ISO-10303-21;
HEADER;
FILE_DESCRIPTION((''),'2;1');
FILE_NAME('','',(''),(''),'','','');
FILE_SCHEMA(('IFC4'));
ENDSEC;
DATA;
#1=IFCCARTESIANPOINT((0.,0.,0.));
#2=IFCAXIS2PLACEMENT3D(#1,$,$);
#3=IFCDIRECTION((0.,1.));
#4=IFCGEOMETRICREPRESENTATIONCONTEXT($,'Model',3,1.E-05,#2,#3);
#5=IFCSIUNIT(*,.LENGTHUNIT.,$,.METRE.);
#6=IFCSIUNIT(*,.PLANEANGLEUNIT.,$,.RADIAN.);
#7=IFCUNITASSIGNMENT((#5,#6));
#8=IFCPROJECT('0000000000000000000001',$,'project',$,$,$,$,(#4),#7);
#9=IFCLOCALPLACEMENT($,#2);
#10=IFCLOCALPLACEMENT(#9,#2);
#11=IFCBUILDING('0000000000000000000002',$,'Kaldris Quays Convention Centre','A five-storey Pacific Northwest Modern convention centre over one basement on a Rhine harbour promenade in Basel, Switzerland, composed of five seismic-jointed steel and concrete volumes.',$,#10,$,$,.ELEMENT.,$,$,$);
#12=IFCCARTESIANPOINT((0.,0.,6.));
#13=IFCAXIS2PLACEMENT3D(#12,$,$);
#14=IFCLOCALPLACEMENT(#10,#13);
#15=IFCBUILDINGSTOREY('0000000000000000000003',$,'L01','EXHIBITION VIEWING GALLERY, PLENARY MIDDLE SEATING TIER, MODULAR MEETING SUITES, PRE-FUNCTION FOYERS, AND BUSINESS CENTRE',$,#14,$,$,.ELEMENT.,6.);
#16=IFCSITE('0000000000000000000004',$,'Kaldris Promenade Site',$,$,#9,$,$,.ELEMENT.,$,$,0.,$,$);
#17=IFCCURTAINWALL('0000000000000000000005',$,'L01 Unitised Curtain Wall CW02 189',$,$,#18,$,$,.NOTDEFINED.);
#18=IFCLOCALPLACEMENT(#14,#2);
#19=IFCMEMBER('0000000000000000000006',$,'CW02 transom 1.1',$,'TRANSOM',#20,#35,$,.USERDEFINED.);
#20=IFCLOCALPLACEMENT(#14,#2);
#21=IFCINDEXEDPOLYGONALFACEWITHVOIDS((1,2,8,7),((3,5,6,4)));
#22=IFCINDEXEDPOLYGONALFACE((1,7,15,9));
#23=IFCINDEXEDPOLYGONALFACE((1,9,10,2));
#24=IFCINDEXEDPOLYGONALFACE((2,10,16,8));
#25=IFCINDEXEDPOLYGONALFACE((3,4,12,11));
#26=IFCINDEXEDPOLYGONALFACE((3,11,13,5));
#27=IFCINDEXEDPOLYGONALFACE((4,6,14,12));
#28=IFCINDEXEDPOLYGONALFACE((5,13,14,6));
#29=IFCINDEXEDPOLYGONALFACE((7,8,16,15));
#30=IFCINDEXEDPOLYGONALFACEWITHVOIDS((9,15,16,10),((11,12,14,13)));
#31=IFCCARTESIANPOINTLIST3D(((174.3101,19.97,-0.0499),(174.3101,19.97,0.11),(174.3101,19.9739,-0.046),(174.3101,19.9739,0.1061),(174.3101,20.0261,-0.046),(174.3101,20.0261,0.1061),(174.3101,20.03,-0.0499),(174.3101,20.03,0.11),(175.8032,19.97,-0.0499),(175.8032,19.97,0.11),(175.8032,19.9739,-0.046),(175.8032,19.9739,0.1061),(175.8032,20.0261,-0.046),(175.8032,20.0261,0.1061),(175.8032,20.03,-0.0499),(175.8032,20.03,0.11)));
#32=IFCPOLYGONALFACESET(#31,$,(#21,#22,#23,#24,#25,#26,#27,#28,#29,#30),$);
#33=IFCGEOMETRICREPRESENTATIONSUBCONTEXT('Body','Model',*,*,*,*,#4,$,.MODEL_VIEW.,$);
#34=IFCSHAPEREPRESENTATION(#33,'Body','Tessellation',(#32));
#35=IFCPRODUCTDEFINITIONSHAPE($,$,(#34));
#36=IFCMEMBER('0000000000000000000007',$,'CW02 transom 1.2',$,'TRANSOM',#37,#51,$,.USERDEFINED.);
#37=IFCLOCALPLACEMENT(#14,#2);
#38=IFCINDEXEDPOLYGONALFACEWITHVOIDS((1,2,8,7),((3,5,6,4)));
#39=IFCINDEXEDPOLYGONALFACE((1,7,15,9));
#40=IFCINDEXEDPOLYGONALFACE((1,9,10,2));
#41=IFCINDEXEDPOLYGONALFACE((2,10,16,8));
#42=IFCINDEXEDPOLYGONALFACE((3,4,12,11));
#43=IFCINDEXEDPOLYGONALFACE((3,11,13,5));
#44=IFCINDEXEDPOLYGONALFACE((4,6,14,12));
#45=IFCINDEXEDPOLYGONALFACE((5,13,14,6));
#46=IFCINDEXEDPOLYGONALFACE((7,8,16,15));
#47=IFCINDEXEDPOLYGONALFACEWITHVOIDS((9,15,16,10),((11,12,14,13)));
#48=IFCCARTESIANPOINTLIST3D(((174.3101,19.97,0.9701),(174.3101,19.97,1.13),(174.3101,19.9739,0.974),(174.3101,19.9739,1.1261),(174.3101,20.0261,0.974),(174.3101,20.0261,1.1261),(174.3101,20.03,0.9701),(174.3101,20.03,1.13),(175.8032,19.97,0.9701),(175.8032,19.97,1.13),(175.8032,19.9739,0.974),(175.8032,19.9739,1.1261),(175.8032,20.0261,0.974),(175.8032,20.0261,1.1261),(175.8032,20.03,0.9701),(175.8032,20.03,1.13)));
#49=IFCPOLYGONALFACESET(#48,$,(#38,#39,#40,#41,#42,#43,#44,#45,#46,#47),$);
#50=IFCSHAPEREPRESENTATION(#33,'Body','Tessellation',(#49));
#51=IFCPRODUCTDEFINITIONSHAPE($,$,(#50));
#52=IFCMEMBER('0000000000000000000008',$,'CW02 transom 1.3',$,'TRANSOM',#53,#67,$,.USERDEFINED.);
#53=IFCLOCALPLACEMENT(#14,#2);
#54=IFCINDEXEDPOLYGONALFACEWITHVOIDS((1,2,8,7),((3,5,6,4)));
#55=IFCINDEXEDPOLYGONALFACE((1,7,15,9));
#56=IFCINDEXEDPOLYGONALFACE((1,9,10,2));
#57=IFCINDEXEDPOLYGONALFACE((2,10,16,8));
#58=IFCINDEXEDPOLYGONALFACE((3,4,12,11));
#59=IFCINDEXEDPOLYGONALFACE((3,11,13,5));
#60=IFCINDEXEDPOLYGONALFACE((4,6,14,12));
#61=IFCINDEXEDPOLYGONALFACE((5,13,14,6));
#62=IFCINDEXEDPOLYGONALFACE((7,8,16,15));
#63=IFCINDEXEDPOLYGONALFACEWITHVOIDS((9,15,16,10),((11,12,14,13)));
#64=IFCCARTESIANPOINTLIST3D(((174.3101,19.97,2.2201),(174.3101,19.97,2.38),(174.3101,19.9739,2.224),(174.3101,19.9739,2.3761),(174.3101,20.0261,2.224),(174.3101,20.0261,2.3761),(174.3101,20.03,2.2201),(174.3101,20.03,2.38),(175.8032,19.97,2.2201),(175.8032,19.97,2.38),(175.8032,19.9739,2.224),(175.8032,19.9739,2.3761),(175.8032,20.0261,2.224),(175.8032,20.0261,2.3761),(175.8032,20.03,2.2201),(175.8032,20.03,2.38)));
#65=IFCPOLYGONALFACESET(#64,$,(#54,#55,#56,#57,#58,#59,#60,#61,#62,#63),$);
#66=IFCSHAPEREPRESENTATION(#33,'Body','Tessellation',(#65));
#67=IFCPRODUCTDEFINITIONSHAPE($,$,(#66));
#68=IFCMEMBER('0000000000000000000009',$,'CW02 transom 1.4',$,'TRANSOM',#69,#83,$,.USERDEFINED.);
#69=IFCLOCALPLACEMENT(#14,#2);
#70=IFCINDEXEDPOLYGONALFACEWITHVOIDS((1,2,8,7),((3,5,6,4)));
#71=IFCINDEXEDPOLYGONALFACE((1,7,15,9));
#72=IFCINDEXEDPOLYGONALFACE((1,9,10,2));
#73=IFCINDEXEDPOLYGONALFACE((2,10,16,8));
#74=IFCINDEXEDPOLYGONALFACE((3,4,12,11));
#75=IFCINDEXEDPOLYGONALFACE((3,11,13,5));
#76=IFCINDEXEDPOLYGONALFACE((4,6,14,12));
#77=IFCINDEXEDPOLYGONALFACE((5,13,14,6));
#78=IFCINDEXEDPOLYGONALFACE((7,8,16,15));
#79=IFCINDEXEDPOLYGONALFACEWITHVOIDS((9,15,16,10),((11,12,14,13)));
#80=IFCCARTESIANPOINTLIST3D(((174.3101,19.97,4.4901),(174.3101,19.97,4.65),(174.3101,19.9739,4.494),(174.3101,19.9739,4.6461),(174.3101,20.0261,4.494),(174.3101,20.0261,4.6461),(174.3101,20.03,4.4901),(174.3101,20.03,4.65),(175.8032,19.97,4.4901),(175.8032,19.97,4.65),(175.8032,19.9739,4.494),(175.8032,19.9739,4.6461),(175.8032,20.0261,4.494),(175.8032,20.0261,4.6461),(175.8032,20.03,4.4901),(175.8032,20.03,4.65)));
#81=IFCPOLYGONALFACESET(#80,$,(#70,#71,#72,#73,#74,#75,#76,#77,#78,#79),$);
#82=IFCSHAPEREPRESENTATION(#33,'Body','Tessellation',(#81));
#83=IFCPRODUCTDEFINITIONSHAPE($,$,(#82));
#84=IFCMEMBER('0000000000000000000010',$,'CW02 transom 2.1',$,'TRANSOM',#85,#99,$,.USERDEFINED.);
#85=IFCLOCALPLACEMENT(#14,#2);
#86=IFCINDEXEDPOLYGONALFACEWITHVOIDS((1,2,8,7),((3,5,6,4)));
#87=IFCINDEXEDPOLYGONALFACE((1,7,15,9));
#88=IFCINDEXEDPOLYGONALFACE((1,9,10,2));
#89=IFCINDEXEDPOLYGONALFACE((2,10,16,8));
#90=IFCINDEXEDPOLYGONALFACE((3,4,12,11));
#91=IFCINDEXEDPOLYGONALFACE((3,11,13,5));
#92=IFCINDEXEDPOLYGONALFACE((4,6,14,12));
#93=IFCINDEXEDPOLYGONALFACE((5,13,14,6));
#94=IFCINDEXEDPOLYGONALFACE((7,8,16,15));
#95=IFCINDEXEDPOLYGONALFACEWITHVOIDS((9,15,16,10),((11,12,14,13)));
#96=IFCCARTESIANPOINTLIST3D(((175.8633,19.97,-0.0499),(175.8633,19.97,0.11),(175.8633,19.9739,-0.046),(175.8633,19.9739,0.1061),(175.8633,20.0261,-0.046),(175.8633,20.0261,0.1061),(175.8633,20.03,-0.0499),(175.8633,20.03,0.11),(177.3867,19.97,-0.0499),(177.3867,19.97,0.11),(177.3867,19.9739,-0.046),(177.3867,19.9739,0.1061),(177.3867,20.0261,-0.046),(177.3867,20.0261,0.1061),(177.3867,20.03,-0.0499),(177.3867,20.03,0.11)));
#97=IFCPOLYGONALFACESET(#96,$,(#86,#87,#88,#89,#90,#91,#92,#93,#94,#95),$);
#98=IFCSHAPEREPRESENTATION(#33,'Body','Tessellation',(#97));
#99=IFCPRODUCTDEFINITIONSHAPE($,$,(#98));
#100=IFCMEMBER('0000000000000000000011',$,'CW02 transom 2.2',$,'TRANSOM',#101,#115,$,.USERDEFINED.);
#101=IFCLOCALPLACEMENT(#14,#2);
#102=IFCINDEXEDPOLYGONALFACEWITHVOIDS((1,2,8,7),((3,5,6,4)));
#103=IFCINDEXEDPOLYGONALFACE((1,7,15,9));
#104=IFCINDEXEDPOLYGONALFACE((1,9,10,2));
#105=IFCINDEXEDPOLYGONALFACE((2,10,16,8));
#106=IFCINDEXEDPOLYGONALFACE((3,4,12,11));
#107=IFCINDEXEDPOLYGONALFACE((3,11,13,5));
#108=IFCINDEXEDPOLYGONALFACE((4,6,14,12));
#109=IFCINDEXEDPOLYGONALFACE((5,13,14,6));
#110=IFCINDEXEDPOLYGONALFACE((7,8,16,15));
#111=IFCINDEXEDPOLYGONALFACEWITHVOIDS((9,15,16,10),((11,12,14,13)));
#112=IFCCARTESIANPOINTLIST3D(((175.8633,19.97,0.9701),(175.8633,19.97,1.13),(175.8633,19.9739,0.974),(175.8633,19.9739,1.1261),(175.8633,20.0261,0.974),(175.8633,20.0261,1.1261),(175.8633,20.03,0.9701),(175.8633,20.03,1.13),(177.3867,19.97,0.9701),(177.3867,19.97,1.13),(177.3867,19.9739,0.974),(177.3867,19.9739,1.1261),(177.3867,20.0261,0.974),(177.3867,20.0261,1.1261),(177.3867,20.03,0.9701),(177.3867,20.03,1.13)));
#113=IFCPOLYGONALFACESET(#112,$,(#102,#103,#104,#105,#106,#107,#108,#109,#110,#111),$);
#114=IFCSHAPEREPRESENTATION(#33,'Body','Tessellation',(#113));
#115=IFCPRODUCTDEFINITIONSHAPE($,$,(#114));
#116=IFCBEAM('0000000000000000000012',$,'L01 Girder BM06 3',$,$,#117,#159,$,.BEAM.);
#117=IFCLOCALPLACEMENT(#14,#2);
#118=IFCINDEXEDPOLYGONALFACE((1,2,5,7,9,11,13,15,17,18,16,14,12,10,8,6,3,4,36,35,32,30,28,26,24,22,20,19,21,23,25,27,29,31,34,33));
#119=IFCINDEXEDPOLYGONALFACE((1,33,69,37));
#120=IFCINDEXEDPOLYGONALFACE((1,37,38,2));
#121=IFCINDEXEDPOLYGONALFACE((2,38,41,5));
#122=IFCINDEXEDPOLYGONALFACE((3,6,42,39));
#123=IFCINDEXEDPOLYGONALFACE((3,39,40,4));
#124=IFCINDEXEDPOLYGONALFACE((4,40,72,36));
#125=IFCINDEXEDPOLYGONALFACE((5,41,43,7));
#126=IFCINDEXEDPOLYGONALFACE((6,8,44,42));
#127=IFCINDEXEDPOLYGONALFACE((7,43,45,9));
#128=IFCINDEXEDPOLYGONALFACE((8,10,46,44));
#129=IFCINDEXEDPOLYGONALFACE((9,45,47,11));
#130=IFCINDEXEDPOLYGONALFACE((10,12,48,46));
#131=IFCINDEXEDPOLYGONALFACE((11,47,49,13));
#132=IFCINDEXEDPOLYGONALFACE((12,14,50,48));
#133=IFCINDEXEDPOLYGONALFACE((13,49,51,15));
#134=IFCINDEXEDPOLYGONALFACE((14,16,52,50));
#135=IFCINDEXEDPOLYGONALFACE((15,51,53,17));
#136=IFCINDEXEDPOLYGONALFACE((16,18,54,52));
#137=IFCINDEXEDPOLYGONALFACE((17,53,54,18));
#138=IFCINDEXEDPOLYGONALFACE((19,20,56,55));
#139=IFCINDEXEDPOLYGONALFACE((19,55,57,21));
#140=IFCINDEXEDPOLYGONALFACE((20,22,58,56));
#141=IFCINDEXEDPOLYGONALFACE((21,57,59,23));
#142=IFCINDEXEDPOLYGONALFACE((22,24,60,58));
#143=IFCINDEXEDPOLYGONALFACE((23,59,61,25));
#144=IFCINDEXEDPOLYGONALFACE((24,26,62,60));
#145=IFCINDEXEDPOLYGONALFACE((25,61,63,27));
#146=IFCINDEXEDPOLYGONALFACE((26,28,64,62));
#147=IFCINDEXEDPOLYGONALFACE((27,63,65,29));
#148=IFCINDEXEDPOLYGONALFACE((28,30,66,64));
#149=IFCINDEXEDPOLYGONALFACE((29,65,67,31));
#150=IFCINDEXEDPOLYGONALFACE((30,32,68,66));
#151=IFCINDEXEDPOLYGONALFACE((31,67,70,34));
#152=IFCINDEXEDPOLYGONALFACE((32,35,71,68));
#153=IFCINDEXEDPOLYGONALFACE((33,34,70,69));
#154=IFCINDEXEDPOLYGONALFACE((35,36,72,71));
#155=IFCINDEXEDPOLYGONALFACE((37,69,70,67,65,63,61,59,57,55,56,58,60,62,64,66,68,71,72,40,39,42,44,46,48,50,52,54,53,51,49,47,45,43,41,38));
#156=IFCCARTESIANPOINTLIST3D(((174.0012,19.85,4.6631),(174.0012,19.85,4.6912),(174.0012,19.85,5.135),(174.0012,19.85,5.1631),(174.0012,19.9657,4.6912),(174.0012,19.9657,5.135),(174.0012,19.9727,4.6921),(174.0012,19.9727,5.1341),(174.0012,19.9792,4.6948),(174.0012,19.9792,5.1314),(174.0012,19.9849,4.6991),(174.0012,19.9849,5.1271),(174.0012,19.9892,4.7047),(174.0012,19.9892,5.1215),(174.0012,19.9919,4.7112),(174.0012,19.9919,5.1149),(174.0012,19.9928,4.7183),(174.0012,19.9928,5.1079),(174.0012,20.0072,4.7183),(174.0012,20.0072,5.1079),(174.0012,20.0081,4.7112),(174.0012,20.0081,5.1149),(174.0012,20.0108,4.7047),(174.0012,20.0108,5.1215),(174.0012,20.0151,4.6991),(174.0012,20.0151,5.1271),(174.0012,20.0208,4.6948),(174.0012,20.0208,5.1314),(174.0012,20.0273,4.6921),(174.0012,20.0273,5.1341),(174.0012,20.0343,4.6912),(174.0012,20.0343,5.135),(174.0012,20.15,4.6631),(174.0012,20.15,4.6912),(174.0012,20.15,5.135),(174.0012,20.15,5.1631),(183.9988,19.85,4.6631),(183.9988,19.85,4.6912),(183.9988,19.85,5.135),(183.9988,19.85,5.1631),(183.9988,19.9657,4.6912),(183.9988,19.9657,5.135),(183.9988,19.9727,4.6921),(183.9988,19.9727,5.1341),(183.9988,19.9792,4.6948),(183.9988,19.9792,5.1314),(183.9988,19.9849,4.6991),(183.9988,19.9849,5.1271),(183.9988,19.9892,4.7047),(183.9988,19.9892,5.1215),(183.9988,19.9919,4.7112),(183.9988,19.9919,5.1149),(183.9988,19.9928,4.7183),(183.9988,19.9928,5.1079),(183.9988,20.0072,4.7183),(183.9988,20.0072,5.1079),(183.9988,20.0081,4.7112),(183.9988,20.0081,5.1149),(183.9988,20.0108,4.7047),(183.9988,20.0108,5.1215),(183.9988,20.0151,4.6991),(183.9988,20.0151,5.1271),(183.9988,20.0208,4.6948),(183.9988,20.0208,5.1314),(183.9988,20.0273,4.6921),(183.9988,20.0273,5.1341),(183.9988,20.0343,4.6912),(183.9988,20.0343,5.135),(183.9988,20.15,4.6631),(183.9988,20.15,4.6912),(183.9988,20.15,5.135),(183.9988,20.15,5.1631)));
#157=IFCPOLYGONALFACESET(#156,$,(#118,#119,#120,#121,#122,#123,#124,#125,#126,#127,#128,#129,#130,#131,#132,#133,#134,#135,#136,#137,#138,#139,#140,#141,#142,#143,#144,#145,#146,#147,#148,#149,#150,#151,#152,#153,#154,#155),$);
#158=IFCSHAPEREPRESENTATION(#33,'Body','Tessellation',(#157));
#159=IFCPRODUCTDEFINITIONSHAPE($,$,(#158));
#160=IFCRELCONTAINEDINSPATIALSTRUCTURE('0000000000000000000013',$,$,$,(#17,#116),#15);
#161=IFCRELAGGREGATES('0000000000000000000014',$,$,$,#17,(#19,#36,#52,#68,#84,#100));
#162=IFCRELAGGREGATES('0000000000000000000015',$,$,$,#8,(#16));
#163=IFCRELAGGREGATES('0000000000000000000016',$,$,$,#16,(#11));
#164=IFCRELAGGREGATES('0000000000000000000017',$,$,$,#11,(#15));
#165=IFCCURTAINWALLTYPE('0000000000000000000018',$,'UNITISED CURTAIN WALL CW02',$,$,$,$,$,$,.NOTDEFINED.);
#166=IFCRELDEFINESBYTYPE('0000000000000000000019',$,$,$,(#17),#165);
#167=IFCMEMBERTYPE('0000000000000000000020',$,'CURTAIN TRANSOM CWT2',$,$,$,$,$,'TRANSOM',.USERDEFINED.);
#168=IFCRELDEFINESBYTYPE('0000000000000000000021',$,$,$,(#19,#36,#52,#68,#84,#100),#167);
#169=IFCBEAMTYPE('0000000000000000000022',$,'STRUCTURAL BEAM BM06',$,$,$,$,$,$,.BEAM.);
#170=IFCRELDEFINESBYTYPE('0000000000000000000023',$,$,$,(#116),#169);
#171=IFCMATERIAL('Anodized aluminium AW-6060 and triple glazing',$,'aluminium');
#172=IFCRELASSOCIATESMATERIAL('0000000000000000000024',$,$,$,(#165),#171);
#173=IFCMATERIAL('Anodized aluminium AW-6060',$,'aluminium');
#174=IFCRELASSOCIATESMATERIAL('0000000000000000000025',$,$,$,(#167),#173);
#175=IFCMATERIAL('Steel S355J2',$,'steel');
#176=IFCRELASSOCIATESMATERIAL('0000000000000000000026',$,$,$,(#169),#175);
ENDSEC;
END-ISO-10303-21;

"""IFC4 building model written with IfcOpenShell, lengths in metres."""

from ifc_helpers import new_model, si_unit, direction, frame, origin, origin_2d, place, context, subcontext, project, spatial, hollow_rectangle, i_section, extrude, material, material_profile, profile_set, type_object, element, aggregate, save


model = new_model("IFC4")

# Units and contexts
model_context = context("Model", 3, precision=1e-05, world=origin(), true_north=direction((0.0, 1.0)))
body_context = subcontext(model_context, "Body", "Model", "MODEL_VIEW")
ifc_project = project(units=[si_unit("LENGTHUNIT", "METRE"), si_unit("PLANEANGLEUNIT", "RADIAN")], contexts=[model_context])

# Site, building, storey
site_placement = place(None, origin())
site = spatial("IfcSite", under=ifc_project, at=site_placement, Name="Kaldris Promenade Site", CompositionType="ELEMENT", RefElevation=0.0)
building_placement = place(site_placement, origin())
building = spatial("IfcBuilding", under=site, at=building_placement, Name="Kaldris Quays Convention Centre", Description="A five-storey Pacific Northwest Modern convention centre over one basement on a Rhine harbour promenade in Basel, Switzerland, composed of five seismic-jointed steel and concrete volumes.", CompositionType="ELEMENT")
storey_placement = place(building_placement, frame((0.0, 0.0, 6.0)))
storey = spatial("IfcBuildingStorey", under=building, at=storey_placement, Name="L01", Description="EXHIBITION VIEWING GALLERY, PLENARY MIDDLE SEATING TIER, MODULAR MEETING SUITES, PRE-FUNCTION FOYERS, AND BUSINESS CENTRE", CompositionType="ELEMENT", Elevation=6.0)

# Shared definitions
ifc_material_1 = material(Name="Steel S355J2", Category="steel")

# Shared definitions
ifc_material_2 = material(Name="Anodized aluminium AW-6060 and triple glazing", Category="aluminium")
curtain_wall_type = type_object("IfcCurtainWallType", Name="UNITISED CURTAIN WALL CW02", PredefinedType="NOTDEFINED", material=ifc_material_2)
ifc_material_3 = material(Name="Anodized aluminium AW-6060", Category="aluminium")

# Curtain wall, members
curtain_wall_1_placement = place(storey_placement, origin())
curtain_wall_1 = element("IfcCurtainWall", 1, at=curtain_wall_1_placement, inside=storey, type_object=curtain_wall_type, Name="L01 Unitised Curtain Wall CW02 189", PredefinedType="NOTDEFINED")
ifc_material_profile_1 = material_profile(ifc_material_3, hollow_rectangle(XDim=0.0601, YDim=0.1599, WallThickness=0.0039, at=origin_2d()), Name="RHS 160x60x4")
ifc_profile_set_1 = profile_set([ifc_material_profile_1], Name="Anodized aluminium AW-6060")
member_type_1 = type_object("IfcMemberType", Name="CURTAIN TRANSOM CWT2", ElementType="TRANSOM", PredefinedType="USERDEFINED", material=ifc_profile_set_1)
member_1_placement = place(storey_placement, frame((174.3101, 20.0, 0.03), z_axis=(1.0, 0.0, 0.0), x_axis=(0.0, 1.0, 0.0)))
member_1 = element("IfcMember", 2, at=member_1_placement, type_object=member_type_1, Name="CW02 transom 1.1", ObjectType="TRANSOM", PredefinedType="USERDEFINED", context=body_context, shape_type="SweptSolid", body=[
    extrude(hollow_rectangle(XDim=0.0601, YDim=0.1599, WallThickness=0.0039, at=origin_2d()), origin(), (0.0, 0.0, 1.0), 1.4932),
])
member_2_placement = place(storey_placement, frame((174.3101, 20.0, 1.05), z_axis=(1.0, 0.0, 0.0), x_axis=(0.0, 1.0, 0.0)))
member_2 = element("IfcMember", 3, at=member_2_placement, type_object=member_type_1, Name="CW02 transom 1.2", ObjectType="TRANSOM", PredefinedType="USERDEFINED", context=body_context, shape_type="SweptSolid", body=[
    extrude(hollow_rectangle(XDim=0.0601, YDim=0.1599, WallThickness=0.0039, at=origin_2d()), origin(), (0.0, 0.0, 1.0), 1.4932),
])
member_3_placement = place(storey_placement, frame((174.3101, 20.0, 2.3), z_axis=(1.0, 0.0, 0.0), x_axis=(0.0, 1.0, 0.0)))
member_3 = element("IfcMember", 4, at=member_3_placement, type_object=member_type_1, Name="CW02 transom 1.3", ObjectType="TRANSOM", PredefinedType="USERDEFINED", context=body_context, shape_type="SweptSolid", body=[
    extrude(hollow_rectangle(XDim=0.0601, YDim=0.1599, WallThickness=0.0039, at=origin_2d()), origin(), (0.0, 0.0, 1.0), 1.4932),
])
member_4_placement = place(storey_placement, frame((174.3101, 20.0, 4.5701), z_axis=(1.0, 0.0, 0.0), x_axis=(0.0, 1.0, 0.0)))
member_4 = element("IfcMember", 5, at=member_4_placement, type_object=member_type_1, Name="CW02 transom 1.4", ObjectType="TRANSOM", PredefinedType="USERDEFINED", context=body_context, shape_type="SweptSolid", body=[
    extrude(hollow_rectangle(XDim=0.0601, YDim=0.1599, WallThickness=0.0039, at=origin_2d()), origin(), (0.0, 0.0, 1.0), 1.4932),
])
member_5_placement = place(storey_placement, frame((175.8633, 20.0, 0.03), z_axis=(1.0, 0.0, 0.0), x_axis=(0.0, 1.0, 0.0)))
member_5 = element("IfcMember", 6, at=member_5_placement, type_object=member_type_1, Name="CW02 transom 2.1", ObjectType="TRANSOM", PredefinedType="USERDEFINED", context=body_context, shape_type="SweptSolid", body=[
    extrude(hollow_rectangle(XDim=0.0601, YDim=0.1599, WallThickness=0.0039, at=origin_2d()), origin(), (0.0, 0.0, 1.0), 1.5234),
])
member_6_placement = place(storey_placement, frame((175.8633, 20.0, 1.05), z_axis=(1.0, 0.0, 0.0), x_axis=(0.0, 1.0, 0.0)))
member_6 = element("IfcMember", 7, at=member_6_placement, type_object=member_type_1, Name="CW02 transom 2.2", ObjectType="TRANSOM", PredefinedType="USERDEFINED", context=body_context, shape_type="SweptSolid", body=[
    extrude(hollow_rectangle(XDim=0.0601, YDim=0.1599, WallThickness=0.0039, at=origin_2d()), origin(), (0.0, 0.0, 1.0), 1.5234),
])

# Beam
ifc_material_profile_2 = material_profile(ifc_material_1, i_section(OverallWidth=0.3, OverallDepth=0.5, WebThickness=0.0144, FlangeThickness=0.0281, FilletRadius=0.0271, at=origin_2d()), Name="HEB 500")
ifc_profile_set_2 = profile_set([ifc_material_profile_2], Name="Steel S355J2")
beam_type_1 = type_object("IfcBeamType", Name="STRUCTURAL BEAM BM06", PredefinedType="BEAM", material=ifc_profile_set_2)
beam_1_placement = place(storey_placement, frame((174.0012, 20.0, 4.9131), z_axis=(1.0, 0.0, 0.0), x_axis=(0.0, 1.0, 0.0)))
element("IfcBeam", 8, at=beam_1_placement, inside=storey, type_object=beam_type_1, Name="L01 Girder BM06 3", PredefinedType="BEAM", context=body_context, shape_type="SweptSolid", body=[
    extrude(i_section(OverallWidth=0.3, OverallDepth=0.5, WebThickness=0.0144, FlangeThickness=0.0281, FilletRadius=0.0271, at=origin_2d()), origin(), (0.0, 0.0, 1.0), 9.9976),
])

aggregate(curtain_wall_1, [member_1, member_2, member_3, member_4, member_5, member_6])

save(model, "model.ifc")
